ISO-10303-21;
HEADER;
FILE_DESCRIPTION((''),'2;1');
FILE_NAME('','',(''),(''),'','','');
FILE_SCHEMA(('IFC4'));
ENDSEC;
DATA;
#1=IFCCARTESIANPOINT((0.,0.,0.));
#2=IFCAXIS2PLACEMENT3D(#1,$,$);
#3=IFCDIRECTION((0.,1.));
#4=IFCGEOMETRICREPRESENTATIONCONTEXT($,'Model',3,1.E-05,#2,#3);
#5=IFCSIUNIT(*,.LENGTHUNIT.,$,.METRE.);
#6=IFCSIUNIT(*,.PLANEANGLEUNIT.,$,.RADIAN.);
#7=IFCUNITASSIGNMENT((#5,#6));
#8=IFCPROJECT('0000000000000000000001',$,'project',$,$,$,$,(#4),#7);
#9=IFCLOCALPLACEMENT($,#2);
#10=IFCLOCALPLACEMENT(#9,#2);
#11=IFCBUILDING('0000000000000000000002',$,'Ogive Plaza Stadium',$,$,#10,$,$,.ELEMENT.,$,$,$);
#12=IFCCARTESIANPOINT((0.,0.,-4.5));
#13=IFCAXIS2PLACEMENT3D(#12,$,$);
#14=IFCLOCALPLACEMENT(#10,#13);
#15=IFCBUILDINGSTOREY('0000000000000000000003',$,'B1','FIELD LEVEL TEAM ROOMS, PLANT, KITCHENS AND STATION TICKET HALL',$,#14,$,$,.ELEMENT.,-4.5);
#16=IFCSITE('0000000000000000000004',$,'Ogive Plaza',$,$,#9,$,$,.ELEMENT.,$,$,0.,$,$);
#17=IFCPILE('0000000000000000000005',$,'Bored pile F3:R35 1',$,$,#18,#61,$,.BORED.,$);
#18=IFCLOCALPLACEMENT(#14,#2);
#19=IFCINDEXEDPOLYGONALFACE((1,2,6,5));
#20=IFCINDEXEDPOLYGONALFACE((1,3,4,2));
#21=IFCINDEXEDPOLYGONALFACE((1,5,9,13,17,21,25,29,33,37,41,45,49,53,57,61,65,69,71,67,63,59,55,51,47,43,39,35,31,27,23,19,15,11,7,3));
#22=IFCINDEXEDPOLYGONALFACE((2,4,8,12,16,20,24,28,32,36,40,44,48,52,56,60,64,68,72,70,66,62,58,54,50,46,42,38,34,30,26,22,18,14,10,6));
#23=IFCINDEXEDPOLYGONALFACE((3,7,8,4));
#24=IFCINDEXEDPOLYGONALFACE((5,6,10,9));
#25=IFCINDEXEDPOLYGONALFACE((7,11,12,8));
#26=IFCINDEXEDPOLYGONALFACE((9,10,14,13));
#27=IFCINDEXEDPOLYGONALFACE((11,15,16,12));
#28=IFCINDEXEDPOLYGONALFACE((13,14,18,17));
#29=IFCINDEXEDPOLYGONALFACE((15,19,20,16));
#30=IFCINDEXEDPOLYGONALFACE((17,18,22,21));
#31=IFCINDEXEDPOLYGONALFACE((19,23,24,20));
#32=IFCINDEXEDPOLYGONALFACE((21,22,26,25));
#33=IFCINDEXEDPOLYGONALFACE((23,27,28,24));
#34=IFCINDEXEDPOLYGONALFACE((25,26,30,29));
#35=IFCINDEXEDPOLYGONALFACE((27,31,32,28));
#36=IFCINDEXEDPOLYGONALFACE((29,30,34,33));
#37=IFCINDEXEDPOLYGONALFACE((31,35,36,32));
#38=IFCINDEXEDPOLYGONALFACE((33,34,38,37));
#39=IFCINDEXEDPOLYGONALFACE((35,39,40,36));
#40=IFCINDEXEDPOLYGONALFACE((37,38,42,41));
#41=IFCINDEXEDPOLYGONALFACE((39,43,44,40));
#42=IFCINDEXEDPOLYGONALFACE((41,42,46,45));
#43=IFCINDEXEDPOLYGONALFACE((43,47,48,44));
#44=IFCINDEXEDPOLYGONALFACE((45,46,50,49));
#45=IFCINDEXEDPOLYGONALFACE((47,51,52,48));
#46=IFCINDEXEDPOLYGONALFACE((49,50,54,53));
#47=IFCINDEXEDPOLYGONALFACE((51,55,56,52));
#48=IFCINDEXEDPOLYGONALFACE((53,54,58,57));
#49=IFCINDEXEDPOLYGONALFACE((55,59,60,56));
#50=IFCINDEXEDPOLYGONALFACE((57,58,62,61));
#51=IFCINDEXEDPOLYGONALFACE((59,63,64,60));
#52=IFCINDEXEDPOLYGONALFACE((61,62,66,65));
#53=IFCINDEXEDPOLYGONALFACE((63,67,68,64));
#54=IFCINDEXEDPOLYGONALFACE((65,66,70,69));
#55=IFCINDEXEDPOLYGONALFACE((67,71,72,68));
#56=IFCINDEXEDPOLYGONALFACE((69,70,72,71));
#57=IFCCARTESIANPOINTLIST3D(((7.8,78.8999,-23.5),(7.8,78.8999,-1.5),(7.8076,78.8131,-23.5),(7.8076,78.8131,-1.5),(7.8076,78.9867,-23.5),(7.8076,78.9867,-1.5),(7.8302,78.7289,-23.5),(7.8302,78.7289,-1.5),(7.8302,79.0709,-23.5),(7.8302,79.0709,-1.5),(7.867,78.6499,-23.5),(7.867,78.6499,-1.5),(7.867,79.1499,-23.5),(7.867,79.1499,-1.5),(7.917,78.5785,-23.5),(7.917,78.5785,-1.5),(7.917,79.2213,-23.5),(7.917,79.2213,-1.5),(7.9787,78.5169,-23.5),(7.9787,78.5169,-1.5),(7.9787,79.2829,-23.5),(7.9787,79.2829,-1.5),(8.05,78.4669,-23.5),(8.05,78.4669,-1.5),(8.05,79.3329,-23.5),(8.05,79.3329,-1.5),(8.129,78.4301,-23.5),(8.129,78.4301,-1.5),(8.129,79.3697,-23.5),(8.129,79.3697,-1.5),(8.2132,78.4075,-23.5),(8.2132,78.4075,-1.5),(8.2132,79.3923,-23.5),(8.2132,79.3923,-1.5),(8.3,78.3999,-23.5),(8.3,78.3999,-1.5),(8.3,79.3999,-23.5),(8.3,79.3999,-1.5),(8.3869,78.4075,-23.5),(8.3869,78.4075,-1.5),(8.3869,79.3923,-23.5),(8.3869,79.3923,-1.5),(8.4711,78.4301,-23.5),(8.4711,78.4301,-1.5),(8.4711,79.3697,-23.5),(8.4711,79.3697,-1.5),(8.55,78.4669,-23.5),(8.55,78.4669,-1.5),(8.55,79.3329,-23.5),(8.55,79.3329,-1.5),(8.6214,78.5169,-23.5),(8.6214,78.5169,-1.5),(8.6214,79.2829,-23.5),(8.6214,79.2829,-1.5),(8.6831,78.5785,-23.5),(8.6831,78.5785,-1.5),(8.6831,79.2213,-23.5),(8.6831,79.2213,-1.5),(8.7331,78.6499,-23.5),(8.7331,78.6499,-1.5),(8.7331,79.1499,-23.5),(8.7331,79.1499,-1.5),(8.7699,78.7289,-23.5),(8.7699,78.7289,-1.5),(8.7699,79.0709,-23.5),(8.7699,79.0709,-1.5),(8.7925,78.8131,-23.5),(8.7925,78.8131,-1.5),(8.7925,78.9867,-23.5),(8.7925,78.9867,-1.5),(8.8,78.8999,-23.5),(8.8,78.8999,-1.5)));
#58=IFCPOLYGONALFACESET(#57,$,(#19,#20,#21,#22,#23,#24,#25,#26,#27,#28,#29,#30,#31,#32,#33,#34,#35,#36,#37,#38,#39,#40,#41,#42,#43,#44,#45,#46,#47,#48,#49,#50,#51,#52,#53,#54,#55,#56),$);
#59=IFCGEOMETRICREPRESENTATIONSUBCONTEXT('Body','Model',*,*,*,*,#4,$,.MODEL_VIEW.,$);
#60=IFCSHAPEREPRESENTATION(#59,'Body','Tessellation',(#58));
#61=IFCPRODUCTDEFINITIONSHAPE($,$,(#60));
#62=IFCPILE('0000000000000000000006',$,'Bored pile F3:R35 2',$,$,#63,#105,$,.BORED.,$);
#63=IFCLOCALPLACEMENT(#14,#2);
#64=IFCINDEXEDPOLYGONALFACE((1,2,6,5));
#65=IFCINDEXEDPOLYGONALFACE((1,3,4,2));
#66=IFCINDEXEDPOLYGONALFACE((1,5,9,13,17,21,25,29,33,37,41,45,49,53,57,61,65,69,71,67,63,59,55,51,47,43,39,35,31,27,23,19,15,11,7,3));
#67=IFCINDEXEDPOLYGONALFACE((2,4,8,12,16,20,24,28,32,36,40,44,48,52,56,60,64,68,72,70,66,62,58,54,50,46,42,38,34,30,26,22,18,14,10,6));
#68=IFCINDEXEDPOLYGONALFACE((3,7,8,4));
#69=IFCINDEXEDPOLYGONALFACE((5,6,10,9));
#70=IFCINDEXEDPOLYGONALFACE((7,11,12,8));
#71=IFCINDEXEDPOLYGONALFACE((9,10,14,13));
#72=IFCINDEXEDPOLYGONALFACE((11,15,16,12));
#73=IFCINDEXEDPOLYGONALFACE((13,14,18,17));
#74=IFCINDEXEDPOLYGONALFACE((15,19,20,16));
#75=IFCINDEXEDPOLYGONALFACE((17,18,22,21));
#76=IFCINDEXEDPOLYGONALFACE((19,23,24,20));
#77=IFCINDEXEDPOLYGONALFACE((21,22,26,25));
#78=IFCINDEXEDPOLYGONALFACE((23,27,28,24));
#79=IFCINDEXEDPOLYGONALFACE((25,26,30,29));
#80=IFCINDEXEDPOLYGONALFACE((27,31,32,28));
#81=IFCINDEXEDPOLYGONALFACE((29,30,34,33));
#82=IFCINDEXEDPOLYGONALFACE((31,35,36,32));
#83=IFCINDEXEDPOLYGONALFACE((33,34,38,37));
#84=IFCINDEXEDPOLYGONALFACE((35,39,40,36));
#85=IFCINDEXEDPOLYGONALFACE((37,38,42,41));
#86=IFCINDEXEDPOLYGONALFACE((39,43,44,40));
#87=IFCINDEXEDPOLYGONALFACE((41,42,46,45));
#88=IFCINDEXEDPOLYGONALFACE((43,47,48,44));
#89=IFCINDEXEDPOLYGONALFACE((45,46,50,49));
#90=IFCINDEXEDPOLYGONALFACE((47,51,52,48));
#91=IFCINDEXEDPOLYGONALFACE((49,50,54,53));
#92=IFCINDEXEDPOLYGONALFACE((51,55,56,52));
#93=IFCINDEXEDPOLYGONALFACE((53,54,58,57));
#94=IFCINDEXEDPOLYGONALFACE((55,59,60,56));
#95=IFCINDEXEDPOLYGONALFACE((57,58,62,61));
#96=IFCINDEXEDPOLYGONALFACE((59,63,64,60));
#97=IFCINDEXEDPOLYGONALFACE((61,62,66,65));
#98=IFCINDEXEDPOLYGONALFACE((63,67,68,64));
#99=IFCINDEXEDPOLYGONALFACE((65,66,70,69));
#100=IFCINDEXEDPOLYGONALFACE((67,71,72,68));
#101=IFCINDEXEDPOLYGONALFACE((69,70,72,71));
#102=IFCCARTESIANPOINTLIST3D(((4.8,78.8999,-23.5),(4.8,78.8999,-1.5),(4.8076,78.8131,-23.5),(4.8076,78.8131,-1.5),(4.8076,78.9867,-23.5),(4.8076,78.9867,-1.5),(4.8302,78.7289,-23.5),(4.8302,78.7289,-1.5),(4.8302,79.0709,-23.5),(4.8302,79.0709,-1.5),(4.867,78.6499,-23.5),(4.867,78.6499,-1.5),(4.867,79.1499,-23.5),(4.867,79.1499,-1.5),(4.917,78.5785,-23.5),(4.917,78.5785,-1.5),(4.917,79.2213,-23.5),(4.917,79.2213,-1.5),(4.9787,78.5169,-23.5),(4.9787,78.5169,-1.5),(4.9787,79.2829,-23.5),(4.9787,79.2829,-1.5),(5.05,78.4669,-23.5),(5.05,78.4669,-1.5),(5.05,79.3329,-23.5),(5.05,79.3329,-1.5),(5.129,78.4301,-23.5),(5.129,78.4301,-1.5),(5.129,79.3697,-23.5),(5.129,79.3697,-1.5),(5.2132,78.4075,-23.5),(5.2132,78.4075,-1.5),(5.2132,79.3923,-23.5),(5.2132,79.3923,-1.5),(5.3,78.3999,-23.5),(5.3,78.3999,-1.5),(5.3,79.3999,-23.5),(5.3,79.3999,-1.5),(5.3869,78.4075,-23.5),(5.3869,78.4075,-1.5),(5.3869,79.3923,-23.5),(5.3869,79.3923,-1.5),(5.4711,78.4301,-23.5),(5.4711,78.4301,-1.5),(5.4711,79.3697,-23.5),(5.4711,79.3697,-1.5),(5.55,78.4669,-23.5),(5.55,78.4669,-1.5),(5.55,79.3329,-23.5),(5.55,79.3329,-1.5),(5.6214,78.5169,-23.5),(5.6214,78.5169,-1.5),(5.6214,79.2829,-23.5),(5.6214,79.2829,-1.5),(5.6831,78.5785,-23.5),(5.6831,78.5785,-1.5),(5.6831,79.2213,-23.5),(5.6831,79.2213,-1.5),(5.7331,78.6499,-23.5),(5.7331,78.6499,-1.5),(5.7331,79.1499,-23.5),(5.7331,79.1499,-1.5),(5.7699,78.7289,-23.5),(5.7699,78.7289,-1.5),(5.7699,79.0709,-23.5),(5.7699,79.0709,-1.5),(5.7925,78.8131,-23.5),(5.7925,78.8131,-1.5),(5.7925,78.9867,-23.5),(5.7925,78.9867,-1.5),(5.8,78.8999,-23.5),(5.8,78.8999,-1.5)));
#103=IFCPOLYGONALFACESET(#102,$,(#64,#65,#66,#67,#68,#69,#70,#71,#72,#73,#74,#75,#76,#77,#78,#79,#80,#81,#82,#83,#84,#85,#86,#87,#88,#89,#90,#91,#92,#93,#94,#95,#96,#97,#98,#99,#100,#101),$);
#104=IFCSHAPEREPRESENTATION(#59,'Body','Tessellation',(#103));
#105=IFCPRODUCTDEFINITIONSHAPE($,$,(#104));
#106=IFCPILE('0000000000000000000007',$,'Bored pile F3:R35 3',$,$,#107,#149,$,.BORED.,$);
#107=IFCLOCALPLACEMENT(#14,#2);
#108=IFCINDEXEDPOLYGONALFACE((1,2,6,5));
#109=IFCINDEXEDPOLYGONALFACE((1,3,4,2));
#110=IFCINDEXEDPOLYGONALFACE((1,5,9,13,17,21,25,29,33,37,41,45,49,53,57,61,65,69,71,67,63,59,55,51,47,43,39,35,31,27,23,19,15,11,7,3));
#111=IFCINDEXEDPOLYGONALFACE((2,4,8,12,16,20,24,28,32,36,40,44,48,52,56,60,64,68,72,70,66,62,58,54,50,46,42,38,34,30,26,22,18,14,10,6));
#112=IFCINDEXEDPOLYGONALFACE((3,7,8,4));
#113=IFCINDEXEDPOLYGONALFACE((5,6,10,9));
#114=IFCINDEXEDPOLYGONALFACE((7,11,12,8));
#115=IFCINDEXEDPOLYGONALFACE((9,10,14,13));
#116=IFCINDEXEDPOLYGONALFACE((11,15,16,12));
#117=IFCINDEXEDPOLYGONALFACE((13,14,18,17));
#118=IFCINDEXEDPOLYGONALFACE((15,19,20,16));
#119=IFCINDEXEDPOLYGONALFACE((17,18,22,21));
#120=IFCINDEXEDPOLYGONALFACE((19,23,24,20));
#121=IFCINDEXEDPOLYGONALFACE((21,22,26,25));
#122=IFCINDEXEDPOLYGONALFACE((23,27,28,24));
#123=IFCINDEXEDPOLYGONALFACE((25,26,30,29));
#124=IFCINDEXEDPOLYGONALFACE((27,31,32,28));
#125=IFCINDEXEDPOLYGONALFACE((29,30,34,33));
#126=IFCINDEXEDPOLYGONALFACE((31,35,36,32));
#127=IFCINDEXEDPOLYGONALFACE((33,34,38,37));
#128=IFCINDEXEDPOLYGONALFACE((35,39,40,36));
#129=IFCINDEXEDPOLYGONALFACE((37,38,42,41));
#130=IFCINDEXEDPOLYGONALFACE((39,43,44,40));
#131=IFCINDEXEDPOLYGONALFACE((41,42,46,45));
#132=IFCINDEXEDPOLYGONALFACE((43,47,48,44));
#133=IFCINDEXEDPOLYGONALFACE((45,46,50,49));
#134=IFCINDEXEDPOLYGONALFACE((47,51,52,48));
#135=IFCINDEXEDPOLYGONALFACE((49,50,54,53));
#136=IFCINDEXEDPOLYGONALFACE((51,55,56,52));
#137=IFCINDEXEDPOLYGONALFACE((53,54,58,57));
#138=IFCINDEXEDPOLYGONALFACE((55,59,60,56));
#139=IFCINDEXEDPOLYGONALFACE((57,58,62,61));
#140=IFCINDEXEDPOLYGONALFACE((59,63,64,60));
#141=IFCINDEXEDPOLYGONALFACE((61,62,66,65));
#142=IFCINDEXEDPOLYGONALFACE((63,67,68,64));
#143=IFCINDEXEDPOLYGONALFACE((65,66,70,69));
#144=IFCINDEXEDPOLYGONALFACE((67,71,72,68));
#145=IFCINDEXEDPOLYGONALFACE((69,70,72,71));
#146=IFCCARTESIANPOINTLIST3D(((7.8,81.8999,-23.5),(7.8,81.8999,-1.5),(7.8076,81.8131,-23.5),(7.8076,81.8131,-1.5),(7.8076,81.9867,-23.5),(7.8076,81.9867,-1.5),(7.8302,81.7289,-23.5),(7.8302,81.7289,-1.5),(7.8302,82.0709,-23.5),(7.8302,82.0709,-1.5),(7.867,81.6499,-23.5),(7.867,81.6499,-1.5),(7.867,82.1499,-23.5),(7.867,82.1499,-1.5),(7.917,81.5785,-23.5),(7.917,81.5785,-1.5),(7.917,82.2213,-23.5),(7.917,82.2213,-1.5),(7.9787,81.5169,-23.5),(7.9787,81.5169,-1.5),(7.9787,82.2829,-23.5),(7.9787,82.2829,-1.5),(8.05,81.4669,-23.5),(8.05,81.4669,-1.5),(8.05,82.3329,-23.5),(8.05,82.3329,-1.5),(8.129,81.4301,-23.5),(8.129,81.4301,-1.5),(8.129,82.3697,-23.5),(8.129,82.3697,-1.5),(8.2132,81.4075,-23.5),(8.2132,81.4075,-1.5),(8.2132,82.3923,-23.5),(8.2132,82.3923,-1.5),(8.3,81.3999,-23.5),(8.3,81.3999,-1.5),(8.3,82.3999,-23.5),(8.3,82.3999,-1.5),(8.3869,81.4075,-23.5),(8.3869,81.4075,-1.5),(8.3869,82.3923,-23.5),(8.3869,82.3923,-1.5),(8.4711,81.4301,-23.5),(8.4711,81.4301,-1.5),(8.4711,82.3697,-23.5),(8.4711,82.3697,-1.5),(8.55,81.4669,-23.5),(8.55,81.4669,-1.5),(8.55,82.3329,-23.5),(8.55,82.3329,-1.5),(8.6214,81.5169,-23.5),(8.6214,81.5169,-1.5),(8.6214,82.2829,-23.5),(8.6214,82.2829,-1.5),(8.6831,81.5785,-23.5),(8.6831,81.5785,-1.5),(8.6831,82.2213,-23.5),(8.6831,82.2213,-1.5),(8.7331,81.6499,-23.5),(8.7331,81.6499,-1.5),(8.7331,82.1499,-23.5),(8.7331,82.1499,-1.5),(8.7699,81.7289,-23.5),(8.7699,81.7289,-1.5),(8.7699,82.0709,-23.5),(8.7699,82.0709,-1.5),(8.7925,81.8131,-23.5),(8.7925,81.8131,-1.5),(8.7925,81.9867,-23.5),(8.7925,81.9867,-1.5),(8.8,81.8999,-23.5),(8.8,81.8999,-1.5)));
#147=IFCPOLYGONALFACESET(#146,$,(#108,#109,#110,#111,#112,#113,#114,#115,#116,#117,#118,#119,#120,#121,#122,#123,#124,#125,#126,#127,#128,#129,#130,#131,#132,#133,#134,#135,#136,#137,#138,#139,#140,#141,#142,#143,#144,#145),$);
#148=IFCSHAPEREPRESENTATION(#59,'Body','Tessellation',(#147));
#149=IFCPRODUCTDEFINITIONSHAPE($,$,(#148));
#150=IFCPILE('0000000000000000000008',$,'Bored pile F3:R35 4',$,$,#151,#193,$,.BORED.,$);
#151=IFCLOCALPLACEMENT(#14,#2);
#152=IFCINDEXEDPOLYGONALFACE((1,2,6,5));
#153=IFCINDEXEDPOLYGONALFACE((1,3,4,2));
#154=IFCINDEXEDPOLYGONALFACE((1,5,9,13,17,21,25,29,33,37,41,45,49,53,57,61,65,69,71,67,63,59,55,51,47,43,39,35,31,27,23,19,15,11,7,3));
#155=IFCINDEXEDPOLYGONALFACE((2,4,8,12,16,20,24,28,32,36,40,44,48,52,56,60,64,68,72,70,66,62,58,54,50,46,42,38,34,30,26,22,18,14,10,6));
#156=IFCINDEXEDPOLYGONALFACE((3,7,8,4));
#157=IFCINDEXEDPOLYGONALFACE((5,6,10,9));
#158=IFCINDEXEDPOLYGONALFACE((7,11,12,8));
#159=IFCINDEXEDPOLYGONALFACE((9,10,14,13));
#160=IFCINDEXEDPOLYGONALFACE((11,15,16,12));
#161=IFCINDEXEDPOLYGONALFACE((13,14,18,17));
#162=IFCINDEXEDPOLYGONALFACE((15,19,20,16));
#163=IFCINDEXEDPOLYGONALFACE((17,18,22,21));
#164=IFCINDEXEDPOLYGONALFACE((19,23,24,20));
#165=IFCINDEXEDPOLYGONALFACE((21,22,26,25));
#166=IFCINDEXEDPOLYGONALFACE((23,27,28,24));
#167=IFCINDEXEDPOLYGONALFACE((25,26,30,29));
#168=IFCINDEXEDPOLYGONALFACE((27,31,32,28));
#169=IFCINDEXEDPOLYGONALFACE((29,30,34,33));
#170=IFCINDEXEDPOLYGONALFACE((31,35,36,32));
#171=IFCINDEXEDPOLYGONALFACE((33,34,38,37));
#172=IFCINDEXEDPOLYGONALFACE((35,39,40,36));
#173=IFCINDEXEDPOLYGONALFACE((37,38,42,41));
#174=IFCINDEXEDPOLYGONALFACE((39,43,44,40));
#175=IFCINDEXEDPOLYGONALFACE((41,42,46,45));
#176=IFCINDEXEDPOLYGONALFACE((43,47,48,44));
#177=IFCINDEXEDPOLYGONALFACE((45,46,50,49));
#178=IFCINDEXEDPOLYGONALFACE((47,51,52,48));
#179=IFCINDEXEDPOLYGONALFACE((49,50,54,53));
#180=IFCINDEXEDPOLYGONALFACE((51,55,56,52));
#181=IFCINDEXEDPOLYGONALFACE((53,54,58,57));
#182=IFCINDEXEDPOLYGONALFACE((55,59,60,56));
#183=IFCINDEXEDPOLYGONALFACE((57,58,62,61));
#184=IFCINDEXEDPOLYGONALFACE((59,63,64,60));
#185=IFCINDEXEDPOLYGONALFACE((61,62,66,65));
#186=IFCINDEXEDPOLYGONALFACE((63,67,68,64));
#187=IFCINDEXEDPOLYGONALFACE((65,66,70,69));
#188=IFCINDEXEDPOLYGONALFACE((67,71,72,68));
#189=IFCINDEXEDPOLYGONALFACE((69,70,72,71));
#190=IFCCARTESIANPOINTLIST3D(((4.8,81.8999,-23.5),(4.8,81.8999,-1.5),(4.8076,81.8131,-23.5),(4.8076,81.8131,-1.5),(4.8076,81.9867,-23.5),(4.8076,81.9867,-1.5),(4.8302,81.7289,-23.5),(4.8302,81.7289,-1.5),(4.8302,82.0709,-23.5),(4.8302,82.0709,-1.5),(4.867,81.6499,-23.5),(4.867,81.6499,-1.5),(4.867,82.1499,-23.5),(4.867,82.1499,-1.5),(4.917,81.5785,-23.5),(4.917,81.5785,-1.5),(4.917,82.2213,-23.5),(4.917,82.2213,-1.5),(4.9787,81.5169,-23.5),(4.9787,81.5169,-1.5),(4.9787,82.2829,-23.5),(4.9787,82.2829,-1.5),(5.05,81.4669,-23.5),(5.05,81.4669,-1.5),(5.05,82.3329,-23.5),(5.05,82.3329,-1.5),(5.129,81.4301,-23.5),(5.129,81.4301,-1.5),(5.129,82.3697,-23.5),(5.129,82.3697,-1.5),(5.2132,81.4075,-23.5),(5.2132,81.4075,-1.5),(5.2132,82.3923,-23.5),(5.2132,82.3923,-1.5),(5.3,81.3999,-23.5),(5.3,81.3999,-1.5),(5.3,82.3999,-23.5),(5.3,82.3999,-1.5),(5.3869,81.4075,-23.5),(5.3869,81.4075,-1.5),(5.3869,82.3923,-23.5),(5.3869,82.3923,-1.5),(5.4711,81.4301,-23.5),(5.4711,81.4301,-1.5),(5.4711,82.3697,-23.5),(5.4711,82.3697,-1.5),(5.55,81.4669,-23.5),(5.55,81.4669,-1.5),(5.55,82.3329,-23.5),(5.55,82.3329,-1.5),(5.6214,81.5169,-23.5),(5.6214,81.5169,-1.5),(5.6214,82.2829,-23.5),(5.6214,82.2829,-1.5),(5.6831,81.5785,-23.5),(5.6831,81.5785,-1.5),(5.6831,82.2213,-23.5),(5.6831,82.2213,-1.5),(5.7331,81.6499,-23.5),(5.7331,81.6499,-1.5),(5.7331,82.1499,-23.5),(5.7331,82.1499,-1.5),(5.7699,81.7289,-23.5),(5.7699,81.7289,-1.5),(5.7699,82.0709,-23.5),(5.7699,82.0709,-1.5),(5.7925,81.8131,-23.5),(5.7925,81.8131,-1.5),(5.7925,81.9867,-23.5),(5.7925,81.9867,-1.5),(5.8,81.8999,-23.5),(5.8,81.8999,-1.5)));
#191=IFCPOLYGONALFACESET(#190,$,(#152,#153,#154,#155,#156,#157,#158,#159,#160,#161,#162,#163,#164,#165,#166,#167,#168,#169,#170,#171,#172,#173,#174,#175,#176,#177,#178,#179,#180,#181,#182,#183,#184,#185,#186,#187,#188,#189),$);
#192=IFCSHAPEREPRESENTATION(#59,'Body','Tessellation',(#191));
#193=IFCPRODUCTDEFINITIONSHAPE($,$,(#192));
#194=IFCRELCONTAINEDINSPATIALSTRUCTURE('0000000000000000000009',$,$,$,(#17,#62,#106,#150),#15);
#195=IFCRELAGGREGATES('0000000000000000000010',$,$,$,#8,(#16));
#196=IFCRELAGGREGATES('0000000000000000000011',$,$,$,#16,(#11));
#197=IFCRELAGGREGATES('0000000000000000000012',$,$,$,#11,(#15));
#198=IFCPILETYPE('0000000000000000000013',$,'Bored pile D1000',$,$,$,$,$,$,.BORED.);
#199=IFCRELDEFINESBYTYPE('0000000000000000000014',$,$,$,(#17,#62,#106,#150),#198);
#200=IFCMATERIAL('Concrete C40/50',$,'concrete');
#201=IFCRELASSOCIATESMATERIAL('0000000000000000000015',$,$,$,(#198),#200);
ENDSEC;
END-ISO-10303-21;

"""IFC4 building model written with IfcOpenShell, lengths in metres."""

from ifc_helpers import new_model, si_unit, direction, frame, origin, origin_2d, place, context, subcontext, project, spatial, circle, extrude, material, material_profile, profile_set, type_object, element, save


model = new_model("IFC4")

# Units and contexts
model_context = context("Model", 3, precision=1e-05, world=origin(), true_north=direction((0.0, 1.0)))
body_context = subcontext(model_context, "Body", "Model", "MODEL_VIEW")
ifc_project = project(units=[si_unit("LENGTHUNIT", "METRE"), si_unit("PLANEANGLEUNIT", "RADIAN")], contexts=[model_context])

# Site, building, storey
site_placement = place(None, origin())
site = spatial("IfcSite", under=ifc_project, at=site_placement, Name="Ogive Plaza", CompositionType="ELEMENT", RefElevation=0.0)
building_placement = place(site_placement, origin())
building = spatial("IfcBuilding", under=site, at=building_placement, Name="Ogive Plaza Stadium", CompositionType="ELEMENT")
storey_placement = place(building_placement, frame((0.0, 0.0, -4.5)))
storey = spatial("IfcBuildingStorey", under=building, at=storey_placement, Name="B1", Description="FIELD LEVEL TEAM ROOMS, PLANT, KITCHENS AND STATION TICKET HALL", CompositionType="ELEMENT", Elevation=-4.5)

# Piles
ifc_material_1 = material(Name="Concrete C40/50", Category="concrete")
ifc_material_profile_1 = material_profile(ifc_material_1, circle(Radius=0.5, at=origin_2d()), Name="RC D1000")
ifc_profile_set_1 = profile_set([ifc_material_profile_1], Name="Concrete C40/50")
pile_type_1 = type_object("IfcPileType", Name="Bored pile D1000", PredefinedType="BORED", material=ifc_profile_set_1)
for number, where, z_axis, x_axis, name in (
    (1, (8.3, 78.8999, -1.5), (0.0, 0.0, -1.0), (1.0, 0.0, 0.0), "Bored pile F3:R35 1"),
    (2, (5.3, 78.8999, -1.5), (0.0, 0.0, -1.0), (1.0, 0.0, 0.0), "Bored pile F3:R35 2"),
    (3, (8.3, 81.8999, -1.5), (0.0, 0.0, -1.0), (1.0, 0.0, 0.0), "Bored pile F3:R35 3"),
    (4, (5.3, 81.8999, -1.5), (0.0, 0.0, -1.0), (1.0, 0.0, 0.0), "Bored pile F3:R35 4"),
):
    element("IfcPile", number, at=place(storey_placement, frame(where, z_axis=z_axis, x_axis=x_axis)), inside=storey, type_object=pile_type_1, Name=name, PredefinedType="BORED", context=body_context, shape_type="SweptSolid", body=[
        extrude(circle(Radius=0.5, at=origin_2d()), origin(), (0.0, 0.0, 1.0), 22.0),
    ])

save(model, "model.ifc")
